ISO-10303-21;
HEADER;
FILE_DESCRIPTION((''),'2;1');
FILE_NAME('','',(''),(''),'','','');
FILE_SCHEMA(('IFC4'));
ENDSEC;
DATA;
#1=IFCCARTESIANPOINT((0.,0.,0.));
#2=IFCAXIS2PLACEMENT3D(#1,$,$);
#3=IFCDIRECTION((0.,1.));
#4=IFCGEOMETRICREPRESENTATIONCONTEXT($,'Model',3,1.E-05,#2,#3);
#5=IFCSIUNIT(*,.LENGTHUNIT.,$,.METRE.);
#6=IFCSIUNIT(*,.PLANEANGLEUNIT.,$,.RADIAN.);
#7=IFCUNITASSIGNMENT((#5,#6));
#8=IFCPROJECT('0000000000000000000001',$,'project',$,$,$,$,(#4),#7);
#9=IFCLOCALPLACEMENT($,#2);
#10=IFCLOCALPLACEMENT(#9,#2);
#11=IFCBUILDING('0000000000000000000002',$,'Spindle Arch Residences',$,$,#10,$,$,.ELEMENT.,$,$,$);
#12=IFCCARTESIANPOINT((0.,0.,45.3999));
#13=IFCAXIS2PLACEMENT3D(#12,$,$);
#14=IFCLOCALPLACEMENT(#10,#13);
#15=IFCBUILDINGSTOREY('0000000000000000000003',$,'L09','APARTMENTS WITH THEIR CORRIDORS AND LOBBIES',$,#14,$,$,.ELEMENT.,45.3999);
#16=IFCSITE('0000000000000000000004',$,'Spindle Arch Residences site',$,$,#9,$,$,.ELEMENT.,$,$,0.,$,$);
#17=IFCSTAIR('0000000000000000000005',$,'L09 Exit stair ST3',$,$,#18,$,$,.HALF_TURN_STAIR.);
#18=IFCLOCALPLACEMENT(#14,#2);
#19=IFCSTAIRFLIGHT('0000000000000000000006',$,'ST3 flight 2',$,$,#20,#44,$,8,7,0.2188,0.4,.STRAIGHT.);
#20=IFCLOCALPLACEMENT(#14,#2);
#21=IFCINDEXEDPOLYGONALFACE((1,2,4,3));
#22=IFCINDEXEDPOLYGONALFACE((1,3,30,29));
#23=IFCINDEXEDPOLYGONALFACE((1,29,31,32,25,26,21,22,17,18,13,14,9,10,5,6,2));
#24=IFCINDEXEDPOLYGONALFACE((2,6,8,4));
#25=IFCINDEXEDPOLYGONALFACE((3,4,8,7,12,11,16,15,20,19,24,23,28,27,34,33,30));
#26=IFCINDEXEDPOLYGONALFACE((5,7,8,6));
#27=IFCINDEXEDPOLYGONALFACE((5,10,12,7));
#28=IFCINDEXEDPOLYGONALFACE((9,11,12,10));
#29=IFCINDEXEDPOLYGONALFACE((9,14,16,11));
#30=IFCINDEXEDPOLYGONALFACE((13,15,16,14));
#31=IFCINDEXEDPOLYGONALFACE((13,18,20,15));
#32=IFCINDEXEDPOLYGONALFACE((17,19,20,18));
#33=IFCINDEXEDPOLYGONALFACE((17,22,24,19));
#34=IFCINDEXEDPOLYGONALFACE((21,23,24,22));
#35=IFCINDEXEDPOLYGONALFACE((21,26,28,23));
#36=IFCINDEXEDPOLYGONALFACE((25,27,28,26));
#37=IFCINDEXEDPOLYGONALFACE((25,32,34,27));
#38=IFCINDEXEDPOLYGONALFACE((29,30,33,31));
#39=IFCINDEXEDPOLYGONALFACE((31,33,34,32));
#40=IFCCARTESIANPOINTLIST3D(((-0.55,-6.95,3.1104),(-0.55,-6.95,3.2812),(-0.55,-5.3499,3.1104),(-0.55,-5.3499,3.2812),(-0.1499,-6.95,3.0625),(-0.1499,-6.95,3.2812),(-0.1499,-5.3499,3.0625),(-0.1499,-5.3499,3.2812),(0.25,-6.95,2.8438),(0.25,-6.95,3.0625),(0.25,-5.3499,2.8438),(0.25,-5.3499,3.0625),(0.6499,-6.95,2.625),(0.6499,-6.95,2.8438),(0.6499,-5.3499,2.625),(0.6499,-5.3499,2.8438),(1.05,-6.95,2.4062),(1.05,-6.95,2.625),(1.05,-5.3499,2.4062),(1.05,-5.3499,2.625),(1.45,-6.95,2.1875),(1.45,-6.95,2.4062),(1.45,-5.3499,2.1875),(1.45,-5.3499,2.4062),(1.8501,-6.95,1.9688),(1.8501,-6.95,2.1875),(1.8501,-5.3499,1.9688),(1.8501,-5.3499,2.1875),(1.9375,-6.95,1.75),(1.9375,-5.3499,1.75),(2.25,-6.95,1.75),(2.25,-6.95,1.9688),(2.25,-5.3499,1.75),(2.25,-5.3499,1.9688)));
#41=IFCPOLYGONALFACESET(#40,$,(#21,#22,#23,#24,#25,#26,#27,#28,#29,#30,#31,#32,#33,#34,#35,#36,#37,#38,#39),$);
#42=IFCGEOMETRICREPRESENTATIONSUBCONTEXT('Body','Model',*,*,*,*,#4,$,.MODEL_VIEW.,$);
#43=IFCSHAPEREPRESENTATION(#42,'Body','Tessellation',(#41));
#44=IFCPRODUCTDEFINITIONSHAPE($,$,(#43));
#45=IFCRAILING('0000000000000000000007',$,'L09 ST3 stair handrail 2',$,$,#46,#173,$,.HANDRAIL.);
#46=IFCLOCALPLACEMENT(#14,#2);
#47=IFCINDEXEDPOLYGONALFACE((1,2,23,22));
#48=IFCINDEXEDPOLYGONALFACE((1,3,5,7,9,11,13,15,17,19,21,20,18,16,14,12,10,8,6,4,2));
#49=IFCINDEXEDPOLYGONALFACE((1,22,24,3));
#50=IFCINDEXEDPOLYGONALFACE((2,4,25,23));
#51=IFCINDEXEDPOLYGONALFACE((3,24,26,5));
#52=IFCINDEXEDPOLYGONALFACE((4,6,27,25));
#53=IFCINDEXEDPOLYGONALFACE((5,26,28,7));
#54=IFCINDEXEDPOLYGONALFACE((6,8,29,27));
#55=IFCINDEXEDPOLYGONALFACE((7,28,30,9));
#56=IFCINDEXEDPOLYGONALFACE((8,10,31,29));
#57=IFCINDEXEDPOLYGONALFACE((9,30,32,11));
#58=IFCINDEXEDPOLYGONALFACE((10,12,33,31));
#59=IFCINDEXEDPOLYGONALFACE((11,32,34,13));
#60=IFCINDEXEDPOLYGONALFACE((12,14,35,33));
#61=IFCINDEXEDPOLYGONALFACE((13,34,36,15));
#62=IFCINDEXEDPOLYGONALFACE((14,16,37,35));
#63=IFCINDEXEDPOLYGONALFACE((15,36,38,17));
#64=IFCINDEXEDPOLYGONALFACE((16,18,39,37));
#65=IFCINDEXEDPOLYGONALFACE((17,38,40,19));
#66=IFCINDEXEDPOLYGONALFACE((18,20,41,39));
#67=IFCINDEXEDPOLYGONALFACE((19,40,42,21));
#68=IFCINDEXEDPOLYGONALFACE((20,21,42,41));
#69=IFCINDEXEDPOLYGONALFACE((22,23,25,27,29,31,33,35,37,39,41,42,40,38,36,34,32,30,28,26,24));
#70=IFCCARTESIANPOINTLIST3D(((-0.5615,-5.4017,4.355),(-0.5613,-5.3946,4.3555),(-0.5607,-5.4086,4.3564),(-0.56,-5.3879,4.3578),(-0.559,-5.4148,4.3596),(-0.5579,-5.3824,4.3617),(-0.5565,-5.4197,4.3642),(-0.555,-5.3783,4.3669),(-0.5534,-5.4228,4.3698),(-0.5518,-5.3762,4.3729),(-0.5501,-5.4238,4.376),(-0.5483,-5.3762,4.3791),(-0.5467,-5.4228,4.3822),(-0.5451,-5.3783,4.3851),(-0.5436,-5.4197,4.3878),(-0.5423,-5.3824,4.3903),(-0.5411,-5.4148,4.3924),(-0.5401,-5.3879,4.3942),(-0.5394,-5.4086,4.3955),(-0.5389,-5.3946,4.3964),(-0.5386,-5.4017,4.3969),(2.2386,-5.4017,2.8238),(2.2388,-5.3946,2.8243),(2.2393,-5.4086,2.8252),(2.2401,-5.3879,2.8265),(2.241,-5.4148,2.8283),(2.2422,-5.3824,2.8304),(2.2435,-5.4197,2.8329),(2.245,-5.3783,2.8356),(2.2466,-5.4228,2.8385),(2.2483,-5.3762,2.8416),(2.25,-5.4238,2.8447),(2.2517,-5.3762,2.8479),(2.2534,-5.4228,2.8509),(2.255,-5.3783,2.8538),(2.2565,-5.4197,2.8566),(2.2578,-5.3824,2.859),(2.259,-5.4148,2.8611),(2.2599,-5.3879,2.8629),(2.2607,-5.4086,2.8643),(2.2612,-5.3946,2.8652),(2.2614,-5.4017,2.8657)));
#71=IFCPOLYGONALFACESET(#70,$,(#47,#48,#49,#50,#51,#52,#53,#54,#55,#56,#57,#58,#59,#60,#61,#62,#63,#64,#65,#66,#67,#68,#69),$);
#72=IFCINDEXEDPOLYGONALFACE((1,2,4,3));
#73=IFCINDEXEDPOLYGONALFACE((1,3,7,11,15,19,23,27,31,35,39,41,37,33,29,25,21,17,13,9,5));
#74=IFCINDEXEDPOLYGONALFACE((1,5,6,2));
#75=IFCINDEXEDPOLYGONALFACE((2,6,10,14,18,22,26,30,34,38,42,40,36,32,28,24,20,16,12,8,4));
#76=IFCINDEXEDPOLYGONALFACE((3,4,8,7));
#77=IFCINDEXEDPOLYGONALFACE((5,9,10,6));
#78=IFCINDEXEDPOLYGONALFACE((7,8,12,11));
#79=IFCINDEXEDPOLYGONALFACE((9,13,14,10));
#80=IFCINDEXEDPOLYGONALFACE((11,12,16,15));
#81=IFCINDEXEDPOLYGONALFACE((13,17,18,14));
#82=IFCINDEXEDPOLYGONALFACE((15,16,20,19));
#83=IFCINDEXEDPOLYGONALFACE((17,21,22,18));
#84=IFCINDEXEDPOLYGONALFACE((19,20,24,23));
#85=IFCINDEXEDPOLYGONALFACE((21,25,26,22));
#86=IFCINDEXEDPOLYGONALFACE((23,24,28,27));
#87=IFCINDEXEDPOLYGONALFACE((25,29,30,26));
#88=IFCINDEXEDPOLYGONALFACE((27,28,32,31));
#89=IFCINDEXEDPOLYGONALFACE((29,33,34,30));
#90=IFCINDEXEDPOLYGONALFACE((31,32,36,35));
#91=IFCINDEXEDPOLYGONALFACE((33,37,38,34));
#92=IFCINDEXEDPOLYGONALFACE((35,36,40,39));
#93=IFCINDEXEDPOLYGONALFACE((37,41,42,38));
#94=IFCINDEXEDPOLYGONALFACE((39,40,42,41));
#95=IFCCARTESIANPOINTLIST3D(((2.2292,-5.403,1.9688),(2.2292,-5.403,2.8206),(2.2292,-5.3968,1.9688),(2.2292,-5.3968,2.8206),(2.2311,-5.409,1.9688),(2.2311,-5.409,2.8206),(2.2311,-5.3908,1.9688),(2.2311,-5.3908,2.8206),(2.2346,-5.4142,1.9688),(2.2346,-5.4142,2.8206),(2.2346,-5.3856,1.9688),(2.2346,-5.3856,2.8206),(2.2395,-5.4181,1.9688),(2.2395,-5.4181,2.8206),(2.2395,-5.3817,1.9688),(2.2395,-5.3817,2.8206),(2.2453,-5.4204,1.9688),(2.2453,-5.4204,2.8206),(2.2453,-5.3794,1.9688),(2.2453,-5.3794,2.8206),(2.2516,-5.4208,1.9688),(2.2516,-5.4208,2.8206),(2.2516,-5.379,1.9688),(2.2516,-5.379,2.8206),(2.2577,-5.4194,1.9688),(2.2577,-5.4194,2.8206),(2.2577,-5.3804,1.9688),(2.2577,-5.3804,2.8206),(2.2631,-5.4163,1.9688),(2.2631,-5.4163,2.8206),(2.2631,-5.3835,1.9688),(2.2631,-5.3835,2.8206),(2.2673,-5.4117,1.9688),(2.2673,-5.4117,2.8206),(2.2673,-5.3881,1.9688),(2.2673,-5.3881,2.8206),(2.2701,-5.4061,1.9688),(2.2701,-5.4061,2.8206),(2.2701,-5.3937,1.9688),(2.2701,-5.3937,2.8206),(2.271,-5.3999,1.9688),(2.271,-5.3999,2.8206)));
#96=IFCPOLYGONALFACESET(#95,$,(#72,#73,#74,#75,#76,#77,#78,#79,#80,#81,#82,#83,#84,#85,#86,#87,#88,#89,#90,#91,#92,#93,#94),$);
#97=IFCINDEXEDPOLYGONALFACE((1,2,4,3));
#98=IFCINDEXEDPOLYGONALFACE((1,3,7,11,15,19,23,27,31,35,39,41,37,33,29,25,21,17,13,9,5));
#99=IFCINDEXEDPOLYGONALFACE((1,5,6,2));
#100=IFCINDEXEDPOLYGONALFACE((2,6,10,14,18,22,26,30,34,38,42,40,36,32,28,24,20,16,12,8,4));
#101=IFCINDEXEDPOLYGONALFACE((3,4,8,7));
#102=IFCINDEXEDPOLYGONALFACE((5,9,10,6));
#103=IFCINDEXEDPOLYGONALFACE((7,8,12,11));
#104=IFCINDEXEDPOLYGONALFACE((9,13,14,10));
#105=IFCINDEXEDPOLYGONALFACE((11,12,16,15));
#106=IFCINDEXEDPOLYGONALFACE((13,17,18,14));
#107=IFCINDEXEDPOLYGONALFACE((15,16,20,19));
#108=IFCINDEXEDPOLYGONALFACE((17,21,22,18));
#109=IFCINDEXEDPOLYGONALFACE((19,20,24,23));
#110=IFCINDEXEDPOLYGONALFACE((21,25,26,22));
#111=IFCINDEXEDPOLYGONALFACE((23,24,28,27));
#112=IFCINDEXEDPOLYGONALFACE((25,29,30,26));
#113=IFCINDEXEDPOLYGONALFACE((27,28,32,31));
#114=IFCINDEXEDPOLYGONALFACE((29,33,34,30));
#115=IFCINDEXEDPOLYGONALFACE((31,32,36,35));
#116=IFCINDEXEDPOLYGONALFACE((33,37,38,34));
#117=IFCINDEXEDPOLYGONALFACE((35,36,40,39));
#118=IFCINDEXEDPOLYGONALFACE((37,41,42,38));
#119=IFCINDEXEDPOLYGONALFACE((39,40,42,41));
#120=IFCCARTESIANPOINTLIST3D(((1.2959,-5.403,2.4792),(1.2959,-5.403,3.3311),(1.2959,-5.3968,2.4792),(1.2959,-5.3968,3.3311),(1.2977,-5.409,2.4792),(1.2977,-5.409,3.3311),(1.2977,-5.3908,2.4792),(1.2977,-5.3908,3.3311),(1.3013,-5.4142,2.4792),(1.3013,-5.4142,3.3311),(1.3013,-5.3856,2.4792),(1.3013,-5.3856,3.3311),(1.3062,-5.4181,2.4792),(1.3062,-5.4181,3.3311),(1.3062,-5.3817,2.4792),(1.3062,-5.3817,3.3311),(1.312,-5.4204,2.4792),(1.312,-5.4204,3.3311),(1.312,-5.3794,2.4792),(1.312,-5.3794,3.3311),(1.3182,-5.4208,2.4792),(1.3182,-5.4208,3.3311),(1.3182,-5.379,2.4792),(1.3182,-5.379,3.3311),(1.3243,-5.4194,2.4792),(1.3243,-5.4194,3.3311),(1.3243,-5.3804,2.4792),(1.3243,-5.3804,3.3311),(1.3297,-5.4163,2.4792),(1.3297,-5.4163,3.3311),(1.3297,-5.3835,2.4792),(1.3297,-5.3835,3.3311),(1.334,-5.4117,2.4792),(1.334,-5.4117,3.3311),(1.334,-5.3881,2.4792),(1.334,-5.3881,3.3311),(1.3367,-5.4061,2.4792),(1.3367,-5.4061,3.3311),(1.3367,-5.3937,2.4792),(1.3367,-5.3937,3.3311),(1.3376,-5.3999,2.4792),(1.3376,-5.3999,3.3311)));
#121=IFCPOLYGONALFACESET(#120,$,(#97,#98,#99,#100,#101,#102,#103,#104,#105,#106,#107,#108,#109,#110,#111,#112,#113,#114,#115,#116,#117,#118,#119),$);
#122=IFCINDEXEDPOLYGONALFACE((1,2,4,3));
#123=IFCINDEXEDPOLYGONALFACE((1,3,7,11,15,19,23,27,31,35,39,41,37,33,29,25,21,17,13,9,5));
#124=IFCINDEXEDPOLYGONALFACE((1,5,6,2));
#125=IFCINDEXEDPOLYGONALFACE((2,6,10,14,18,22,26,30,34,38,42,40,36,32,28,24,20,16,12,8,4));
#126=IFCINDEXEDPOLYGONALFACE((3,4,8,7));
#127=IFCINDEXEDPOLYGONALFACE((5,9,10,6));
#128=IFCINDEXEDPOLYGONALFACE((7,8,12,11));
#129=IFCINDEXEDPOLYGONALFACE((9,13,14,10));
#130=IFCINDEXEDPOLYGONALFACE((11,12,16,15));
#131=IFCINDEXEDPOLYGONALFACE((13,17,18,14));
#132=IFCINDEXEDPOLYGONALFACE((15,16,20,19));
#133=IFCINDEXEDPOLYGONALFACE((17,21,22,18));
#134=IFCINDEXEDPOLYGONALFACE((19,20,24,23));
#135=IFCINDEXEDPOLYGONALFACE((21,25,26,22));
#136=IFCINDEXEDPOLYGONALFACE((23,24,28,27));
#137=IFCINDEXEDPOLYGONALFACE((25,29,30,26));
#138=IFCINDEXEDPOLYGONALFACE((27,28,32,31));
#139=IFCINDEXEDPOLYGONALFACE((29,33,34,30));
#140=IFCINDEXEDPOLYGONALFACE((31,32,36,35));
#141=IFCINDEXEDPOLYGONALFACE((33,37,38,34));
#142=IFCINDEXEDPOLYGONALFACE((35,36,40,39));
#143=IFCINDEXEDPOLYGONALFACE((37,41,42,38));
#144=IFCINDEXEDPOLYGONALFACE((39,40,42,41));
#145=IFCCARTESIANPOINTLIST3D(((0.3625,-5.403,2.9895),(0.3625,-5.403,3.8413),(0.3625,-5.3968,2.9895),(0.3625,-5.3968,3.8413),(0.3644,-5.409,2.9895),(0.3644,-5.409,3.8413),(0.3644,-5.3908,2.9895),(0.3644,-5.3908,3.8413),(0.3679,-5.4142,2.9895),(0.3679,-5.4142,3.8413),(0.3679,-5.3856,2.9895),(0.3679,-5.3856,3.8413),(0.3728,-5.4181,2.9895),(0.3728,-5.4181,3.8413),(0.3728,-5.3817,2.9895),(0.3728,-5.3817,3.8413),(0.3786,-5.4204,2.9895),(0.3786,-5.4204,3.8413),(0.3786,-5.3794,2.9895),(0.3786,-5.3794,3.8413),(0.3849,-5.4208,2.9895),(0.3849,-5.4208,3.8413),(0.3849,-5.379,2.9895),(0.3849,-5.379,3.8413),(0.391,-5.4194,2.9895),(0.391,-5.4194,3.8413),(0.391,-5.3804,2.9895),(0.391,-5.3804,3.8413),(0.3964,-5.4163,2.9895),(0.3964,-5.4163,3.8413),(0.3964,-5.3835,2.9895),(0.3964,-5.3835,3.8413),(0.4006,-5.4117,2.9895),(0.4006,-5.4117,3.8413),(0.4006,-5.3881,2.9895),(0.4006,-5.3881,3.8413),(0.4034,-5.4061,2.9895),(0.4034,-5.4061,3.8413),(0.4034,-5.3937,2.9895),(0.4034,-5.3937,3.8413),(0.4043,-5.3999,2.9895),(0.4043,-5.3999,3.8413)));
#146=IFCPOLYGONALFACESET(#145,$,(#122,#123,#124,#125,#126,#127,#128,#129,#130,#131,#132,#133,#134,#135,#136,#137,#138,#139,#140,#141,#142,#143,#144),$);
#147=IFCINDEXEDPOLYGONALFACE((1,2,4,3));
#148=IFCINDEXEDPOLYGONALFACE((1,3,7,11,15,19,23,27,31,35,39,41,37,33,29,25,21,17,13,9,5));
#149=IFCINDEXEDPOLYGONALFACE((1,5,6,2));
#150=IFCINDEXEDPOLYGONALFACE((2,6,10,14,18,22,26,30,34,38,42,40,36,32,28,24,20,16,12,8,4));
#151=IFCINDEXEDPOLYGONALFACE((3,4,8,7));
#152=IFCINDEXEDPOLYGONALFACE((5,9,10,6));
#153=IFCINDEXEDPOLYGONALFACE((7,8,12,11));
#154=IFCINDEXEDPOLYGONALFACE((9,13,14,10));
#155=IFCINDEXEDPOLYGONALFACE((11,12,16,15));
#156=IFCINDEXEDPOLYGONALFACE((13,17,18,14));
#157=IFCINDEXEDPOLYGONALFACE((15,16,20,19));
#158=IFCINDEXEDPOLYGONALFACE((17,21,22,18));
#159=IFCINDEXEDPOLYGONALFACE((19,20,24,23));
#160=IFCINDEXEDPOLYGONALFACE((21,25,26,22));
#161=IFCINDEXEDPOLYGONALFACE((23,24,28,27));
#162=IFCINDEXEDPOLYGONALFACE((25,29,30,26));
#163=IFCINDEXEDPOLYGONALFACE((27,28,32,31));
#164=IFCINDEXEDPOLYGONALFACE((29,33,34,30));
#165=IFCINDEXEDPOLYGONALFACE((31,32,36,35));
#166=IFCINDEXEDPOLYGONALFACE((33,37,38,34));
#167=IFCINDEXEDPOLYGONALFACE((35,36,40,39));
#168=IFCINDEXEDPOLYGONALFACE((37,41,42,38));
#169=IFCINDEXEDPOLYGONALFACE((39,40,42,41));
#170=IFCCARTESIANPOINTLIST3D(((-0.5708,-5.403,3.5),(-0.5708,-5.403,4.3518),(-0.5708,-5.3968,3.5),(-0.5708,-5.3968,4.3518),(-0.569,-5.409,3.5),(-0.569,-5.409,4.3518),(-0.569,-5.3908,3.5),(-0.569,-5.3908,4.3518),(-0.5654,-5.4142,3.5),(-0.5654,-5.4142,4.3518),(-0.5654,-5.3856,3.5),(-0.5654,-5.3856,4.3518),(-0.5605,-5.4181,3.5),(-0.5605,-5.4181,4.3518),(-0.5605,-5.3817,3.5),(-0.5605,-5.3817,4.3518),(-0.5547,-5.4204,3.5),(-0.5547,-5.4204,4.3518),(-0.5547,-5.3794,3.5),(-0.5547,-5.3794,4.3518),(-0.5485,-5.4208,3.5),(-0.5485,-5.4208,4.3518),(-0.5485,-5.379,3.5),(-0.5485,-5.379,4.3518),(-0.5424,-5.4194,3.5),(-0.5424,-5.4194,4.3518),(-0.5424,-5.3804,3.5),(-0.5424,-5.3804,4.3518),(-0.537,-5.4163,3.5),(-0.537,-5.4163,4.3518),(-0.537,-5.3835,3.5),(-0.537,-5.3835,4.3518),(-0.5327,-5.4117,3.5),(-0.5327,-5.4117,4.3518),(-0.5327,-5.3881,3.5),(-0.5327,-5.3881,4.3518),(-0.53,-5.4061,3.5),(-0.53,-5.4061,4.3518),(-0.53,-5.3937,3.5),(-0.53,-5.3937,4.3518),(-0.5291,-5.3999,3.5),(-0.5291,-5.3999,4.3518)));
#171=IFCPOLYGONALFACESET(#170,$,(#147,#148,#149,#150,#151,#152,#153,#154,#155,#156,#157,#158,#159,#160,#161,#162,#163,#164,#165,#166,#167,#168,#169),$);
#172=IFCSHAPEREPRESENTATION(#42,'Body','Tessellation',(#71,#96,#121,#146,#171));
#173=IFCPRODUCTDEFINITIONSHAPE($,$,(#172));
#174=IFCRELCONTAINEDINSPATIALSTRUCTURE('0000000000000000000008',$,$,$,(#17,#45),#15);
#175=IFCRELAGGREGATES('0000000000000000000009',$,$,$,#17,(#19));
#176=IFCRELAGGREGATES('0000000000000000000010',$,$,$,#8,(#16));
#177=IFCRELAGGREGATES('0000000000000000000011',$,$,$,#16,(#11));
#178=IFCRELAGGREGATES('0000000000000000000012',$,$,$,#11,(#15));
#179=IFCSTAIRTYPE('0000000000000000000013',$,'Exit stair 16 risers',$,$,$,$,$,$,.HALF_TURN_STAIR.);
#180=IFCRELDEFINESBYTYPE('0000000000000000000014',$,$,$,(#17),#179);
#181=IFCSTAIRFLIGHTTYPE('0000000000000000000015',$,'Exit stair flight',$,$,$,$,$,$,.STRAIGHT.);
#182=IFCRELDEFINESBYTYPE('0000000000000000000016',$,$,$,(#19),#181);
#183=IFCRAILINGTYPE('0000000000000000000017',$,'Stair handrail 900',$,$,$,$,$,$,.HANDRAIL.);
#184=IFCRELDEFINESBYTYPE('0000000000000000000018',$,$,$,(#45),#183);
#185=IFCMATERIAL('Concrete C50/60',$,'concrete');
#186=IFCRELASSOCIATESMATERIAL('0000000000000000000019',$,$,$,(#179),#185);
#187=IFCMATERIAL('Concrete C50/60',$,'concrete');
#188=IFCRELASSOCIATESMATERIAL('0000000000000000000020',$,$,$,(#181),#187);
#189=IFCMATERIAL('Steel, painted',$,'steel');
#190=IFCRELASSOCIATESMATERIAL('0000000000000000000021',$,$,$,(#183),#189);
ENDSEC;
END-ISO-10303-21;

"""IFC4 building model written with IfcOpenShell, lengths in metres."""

from ifc_helpers import new_model, si_unit, direction, frame, origin, origin_2d, place, context, subcontext, project, spatial, polyline, circle, outline, extrude, material, type_object, element, aggregate, save


model = new_model("IFC4")

# Units and contexts
model_context = context("Model", 3, precision=1e-05, world=origin(), true_north=direction((0.0, 1.0)))
body_context = subcontext(model_context, "Body", "Model", "MODEL_VIEW")
ifc_project = project(units=[si_unit("LENGTHUNIT", "METRE"), si_unit("PLANEANGLEUNIT", "RADIAN")], contexts=[model_context])

# Site, building, storey
site_placement = place(None, origin())
site = spatial("IfcSite", under=ifc_project, at=site_placement, Name="Spindle Arch Residences site", CompositionType="ELEMENT", RefElevation=0.0)
building_placement = place(site_placement, origin())
building = spatial("IfcBuilding", under=site, at=building_placement, Name="Spindle Arch Residences", CompositionType="ELEMENT")
storey_placement = place(building_placement, frame((0.0, 0.0, 45.3999)))
storey = spatial("IfcBuildingStorey", under=building, at=storey_placement, Name="L09", Description="APARTMENTS WITH THEIR CORRIDORS AND LOBBIES", CompositionType="ELEMENT", Elevation=45.3999)

# Stair, stair flight
ifc_material_1 = material(Name="Concrete C50/60", Category="concrete")
stair_type = type_object("IfcStairType", Name="Exit stair 16 risers", PredefinedType="HALF_TURN_STAIR", material=ifc_material_1)
stair_placement = place(storey_placement, origin())
stair = element("IfcStair", 1, at=stair_placement, inside=storey, type_object=stair_type, Name="L09 Exit stair ST3", PredefinedType="HALF_TURN_STAIR")
ifc_material_2 = material(Name="Concrete C50/60", Category="concrete")
stair_flight_type = type_object("IfcStairFlightType", Name="Exit stair flight", PredefinedType="STRAIGHT", material=ifc_material_2)
stair_flight_placement = place(storey_placement, frame((2.25, -6.1499, 1.75), z_axis=(0.0, 0.0, 1.0), x_axis=(-1.0, 0.0, 0.0)))
stair_flight = element("IfcStairFlight", 2, at=stair_flight_placement, type_object=stair_flight_type, Name="ST3 flight 2", NumberOfRisers=8, NumberOfTreads=7, PredefinedType="STRAIGHT", RiserHeight=0.2188, TreadLength=0.4, context=body_context, shape_type="SweptSolid", body=[
    extrude(outline(polyline([(0.0, 0.0), (0.0, 0.2188), (0.3999, 0.2188), (0.3999, 0.4375), (0.8, 0.4375), (0.8, 0.6562), (1.2, 0.6562), (1.2, 0.875), (1.6001, 0.875), (1.6001, 1.0938), (2.0, 1.0938), (2.0, 1.3125), (2.3999, 1.3125), (2.3999, 1.5312), (2.8, 1.5312), (2.8, 1.75), (2.8, 1.3604), (0.3125, 0.0), (0.0, 0.0)])), frame((0.0, 0.8, 0.0), z_axis=(0.0, -1.0, 0.0), x_axis=(1.0, 0.0, 0.0)), (0.0, 0.0, 1.0), 1.6001),
])
aggregate(stair, [stair_flight])

# Railing
ifc_material_3 = material(Name="Steel, painted", Category="steel")
railing_type = type_object("IfcRailingType", Name="Stair handrail 900", PredefinedType="HANDRAIL", material=ifc_material_3)
railing_placement = place(storey_placement, frame((2.25, -5.3999, 1.9688)))
element("IfcRailing", 3, at=railing_placement, inside=storey, type_object=railing_type, Name="L09 ST3 stair handrail 2", PredefinedType="HANDRAIL", context=body_context, shape_type="SweptSolid", body=[
    extrude(circle(Radius=0.0239, at=origin_2d()), frame((0.0, 0.0, 0.876), z_axis=(-0.877375, 0.0, 0.479806), x_axis=(0.0, -1.0, 0.0)), (0.0, 0.0, 1.0), 3.1914),
    extrude(circle(Radius=0.021, at=origin_2d()), origin(), (0.0, 0.0, 1.0), 0.8518),
    extrude(circle(Radius=0.021, at=origin_2d()), frame((-0.9333, 0.0, 0.5105)), (0.0, 0.0, 1.0), 0.8518),
    extrude(circle(Radius=0.021, at=origin_2d()), frame((-1.8667, 0.0, 1.0208)), (0.0, 0.0, 1.0), 0.8518),
    extrude(circle(Radius=0.021, at=origin_2d()), frame((-2.8, 0.0, 1.5312)), (0.0, 0.0, 1.0), 0.8518),
])

save(model, "model.ifc")
